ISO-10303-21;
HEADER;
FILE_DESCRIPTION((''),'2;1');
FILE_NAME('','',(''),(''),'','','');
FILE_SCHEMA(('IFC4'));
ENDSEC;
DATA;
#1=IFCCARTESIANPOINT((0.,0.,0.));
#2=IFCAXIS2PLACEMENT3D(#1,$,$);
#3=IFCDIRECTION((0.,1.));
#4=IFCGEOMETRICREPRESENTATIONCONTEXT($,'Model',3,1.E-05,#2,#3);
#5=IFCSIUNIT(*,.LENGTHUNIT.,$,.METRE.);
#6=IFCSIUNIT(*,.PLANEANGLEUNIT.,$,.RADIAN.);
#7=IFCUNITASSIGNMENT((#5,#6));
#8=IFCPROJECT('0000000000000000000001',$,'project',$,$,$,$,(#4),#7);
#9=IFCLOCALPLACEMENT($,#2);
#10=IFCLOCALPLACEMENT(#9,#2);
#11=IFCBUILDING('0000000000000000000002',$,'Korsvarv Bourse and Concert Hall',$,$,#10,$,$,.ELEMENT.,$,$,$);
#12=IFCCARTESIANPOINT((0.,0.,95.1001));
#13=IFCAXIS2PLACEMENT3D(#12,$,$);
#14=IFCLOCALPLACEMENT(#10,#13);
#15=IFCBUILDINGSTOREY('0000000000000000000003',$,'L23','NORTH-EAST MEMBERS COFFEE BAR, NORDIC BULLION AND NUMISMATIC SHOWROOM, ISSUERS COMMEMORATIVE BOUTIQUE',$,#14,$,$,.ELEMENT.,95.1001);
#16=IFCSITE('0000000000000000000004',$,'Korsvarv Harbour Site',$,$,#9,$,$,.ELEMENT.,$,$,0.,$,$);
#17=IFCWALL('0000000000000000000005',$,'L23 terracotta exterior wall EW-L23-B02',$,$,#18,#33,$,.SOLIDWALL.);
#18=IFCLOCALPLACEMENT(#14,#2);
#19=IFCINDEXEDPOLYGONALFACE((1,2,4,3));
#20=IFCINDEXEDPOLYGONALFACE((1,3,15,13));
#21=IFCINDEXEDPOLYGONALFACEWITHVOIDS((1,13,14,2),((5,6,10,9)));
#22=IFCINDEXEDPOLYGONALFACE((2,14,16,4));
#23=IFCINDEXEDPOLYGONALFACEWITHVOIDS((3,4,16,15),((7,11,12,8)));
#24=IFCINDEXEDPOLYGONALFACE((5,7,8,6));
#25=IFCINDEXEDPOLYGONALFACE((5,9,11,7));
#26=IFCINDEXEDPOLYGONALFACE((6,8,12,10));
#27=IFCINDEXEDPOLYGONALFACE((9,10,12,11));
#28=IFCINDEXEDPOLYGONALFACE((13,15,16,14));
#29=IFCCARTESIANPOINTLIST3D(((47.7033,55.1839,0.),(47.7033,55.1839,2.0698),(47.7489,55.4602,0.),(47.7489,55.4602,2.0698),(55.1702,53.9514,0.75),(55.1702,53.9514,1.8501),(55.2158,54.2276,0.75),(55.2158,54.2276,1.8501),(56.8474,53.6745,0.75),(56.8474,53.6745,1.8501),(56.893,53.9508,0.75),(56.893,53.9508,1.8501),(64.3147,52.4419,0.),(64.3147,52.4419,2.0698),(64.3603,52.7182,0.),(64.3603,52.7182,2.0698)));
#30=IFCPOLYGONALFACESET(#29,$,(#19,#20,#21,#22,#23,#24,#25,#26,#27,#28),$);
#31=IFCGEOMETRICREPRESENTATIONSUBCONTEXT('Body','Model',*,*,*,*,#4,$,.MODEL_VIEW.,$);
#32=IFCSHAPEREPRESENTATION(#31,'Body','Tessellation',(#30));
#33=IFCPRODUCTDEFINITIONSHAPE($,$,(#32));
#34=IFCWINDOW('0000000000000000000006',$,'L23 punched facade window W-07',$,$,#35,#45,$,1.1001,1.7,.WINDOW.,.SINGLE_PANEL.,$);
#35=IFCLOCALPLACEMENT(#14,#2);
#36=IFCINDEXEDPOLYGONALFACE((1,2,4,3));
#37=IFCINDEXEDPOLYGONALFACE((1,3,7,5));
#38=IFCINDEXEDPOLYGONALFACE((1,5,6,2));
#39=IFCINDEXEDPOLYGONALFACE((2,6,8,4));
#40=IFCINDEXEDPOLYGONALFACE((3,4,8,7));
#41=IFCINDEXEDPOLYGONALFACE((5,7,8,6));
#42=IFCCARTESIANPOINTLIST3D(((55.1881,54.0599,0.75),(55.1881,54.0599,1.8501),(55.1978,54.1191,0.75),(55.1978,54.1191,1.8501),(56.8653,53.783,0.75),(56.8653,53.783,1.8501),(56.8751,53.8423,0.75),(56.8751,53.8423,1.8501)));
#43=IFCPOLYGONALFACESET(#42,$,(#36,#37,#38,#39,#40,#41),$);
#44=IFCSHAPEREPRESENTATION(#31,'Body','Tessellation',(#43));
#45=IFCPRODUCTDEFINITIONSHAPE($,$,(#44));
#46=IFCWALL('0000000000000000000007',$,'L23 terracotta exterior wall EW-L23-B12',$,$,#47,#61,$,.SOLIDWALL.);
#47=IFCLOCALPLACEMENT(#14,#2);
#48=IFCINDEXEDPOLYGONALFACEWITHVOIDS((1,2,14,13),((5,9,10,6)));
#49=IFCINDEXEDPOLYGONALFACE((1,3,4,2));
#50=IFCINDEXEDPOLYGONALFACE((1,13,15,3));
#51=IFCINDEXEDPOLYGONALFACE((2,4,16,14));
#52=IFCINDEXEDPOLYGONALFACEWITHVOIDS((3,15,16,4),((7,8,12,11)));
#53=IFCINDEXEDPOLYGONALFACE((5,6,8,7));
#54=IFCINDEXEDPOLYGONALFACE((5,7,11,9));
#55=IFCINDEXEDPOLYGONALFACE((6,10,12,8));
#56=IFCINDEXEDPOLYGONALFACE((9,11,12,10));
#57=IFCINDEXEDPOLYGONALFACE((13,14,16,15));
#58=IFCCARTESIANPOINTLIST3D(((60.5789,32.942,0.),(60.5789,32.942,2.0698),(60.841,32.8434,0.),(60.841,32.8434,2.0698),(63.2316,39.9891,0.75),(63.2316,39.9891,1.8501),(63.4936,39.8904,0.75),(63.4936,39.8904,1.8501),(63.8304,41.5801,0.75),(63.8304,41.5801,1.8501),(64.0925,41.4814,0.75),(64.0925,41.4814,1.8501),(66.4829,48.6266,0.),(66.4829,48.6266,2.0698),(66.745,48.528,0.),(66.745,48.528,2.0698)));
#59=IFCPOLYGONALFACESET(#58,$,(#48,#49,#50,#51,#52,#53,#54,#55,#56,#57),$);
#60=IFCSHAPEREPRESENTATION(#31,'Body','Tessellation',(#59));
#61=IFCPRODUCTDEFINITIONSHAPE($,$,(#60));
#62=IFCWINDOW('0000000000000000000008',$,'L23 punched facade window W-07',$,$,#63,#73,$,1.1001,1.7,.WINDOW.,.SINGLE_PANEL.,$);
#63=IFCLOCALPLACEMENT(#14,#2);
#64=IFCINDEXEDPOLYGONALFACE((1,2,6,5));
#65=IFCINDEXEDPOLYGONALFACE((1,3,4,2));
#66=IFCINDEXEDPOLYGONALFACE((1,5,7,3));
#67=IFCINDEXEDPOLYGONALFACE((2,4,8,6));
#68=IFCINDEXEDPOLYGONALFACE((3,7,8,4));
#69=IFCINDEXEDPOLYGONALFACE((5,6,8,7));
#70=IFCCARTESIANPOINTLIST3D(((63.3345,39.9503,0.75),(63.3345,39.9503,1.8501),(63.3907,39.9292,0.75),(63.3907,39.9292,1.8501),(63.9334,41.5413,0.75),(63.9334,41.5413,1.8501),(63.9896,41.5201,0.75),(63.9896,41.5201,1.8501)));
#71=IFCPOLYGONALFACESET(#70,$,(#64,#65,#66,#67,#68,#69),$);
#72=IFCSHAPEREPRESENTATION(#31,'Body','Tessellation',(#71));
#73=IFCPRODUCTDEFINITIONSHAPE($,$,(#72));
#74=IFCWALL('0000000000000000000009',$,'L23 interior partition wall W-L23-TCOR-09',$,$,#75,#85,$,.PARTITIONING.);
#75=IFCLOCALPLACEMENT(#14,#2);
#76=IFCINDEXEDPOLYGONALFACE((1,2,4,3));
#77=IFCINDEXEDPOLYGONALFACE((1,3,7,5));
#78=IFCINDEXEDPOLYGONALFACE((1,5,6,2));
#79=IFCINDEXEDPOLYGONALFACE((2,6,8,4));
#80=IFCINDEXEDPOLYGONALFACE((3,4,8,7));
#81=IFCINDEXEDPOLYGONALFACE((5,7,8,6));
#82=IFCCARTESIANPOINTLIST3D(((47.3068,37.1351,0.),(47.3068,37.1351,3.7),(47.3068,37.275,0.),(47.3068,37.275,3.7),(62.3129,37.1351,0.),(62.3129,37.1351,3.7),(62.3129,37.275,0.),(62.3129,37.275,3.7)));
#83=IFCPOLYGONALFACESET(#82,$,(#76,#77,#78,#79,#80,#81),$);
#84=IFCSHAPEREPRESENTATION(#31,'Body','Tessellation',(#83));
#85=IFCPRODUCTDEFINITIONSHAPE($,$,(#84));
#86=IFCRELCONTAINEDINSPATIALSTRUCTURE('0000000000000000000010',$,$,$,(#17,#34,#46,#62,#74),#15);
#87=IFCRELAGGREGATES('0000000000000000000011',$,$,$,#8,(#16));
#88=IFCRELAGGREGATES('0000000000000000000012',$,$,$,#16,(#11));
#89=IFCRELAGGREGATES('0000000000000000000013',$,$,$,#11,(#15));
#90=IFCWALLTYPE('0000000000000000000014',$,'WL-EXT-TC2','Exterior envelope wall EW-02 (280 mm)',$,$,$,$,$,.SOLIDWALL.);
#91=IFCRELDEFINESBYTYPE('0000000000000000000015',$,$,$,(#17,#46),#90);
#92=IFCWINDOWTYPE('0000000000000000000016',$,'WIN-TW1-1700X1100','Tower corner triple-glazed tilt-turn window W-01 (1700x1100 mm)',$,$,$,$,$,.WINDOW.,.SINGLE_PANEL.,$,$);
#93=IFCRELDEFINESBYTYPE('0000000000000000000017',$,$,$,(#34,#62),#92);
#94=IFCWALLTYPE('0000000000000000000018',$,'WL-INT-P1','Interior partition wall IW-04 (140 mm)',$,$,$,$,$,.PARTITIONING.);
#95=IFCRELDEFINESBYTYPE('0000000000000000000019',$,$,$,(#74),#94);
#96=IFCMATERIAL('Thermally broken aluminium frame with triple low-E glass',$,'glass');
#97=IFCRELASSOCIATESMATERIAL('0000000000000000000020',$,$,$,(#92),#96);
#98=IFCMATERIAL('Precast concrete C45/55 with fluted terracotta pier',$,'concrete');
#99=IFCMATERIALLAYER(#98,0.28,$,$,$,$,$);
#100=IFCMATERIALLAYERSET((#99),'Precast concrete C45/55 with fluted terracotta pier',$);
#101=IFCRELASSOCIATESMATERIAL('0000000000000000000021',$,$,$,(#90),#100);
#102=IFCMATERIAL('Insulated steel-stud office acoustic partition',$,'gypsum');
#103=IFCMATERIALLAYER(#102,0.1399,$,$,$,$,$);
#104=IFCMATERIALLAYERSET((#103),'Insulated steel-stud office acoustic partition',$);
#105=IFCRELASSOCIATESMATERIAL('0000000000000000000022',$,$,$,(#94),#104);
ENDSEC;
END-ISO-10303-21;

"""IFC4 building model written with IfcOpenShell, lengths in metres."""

from ifc_helpers import new_model, si_unit, direction, frame, frame_2d, origin, place, context, subcontext, project, spatial, rectangle, extrude, material, layer, layer_set, type_object, element, fill, save


model = new_model("IFC4")

# Units and contexts
model_context = context("Model", 3, precision=1e-05, world=origin(), true_north=direction((0.0, 1.0)))
body_context = subcontext(model_context, "Body", "Model", "MODEL_VIEW")
ifc_project = project(units=[si_unit("LENGTHUNIT", "METRE"), si_unit("PLANEANGLEUNIT", "RADIAN")], contexts=[model_context])

# Site, building, storey
site_placement = place(None, origin())
site = spatial("IfcSite", under=ifc_project, at=site_placement, Name="Korsvarv Harbour Site", CompositionType="ELEMENT", RefElevation=0.0)
building_placement = place(site_placement, origin())
building = spatial("IfcBuilding", under=site, at=building_placement, Name="Korsvarv Bourse and Concert Hall", CompositionType="ELEMENT")
storey_placement = place(building_placement, frame((0.0, 0.0, 95.1001)))
storey = spatial("IfcBuildingStorey", under=building, at=storey_placement, Name="L23", Description="NORTH-EAST MEMBERS COFFEE BAR, NORDIC BULLION AND NUMISMATIC SHOWROOM, ISSUERS COMMEMORATIVE BOUTIQUE", CompositionType="ELEMENT", Elevation=95.1001)

# Walls, openings, windows
ifc_material_1 = material(Name="Thermally broken aluminium frame with triple low-E glass", Category="glass")
window_type = type_object("IfcWindowType", Name="WIN-TW1-1700X1100", Description="Tower corner triple-glazed tilt-turn window W-01 (1700x1100 mm)", PartitioningType="SINGLE_PANEL", PredefinedType="WINDOW", material=ifc_material_1)
ifc_material_2 = material(Name="Precast concrete C45/55 with fluted terracotta pier", Category="concrete")
ifc_layer_1 = layer(ifc_material_2, 0.28)
ifc_layer_set_1 = layer_set([ifc_layer_1], Name="Precast concrete C45/55 with fluted terracotta pier")
wall_type_1 = type_object("IfcWallType", Name="WL-EXT-TC2", Description="Exterior envelope wall EW-02 (280 mm)", PredefinedType="SOLIDWALL", material=ifc_layer_set_1)
wall_1_placement = place(storey_placement, frame((64.3374, 52.5801, 0.0), z_axis=(0.0, 0.0, 1.0), x_axis=(-0.986649, 0.162861, 0.0)))
wall_1 = element("IfcWall", 1, at=wall_1_placement, inside=storey, type_object=wall_type_1, Name="L23 terracotta exterior wall EW-L23-B02", PredefinedType="SOLIDWALL", context=body_context, shape_type="SweptSolid", body=[
    extrude(rectangle(XDim=16.8362, YDim=0.28, at=frame_2d((8.418, 0.0))), origin(), (0.0, 0.0, 1.0), 2.0698),
])
opening_1_placement = place(wall_1_placement, frame((7.5681, 0.0, 0.75)))
opening_1 = element("IfcOpeningElement", 2, at=opening_1_placement, cuts=wall_1, PredefinedType="OPENING", context=body_context, shape_type="SweptSolid", body=[
    extrude(rectangle(XDim=1.7, YDim=1.1001, at=frame_2d((0.8501, 0.55))), frame((0.0, 0.1499, 0.0), z_axis=(0.0, -1.0, 0.0), x_axis=(1.0, 0.0, 0.0)), (0.0, 0.0, 1.0), 0.3),
])
window_1_placement = place(opening_1_placement, origin())
window_1 = element("IfcWindow", 3, at=window_1_placement, inside=storey, type_object=window_type, Name="L23 punched facade window W-07", OverallHeight=1.1001, OverallWidth=1.7, PartitioningType="SINGLE_PANEL", PredefinedType="WINDOW", context=body_context, shape_type="SweptSolid", body=[
    extrude(rectangle(XDim=1.7, YDim=1.1001, at=frame_2d((0.8501, 0.55))), frame((0.0, 0.03, 0.0), z_axis=(0.0, -1.0, 0.0), x_axis=(1.0, 0.0, 0.0)), (0.0, 0.0, 1.0), 0.0601),
])
fill(opening_1, window_1)
wall_2_placement = place(storey_placement, frame((60.71, 32.8928, 0.0), z_axis=(0.0, 0.0, 1.0), x_axis=(0.352292, 0.93589, 0.0)))
wall_2 = element("IfcWall", 4, at=wall_2_placement, inside=storey, type_object=wall_type_1, Name="L23 terracotta exterior wall EW-L23-B12", PredefinedType="SOLIDWALL", context=body_context, shape_type="SweptSolid", body=[
    extrude(rectangle(XDim=16.759, YDim=0.28, at=frame_2d((8.3794, 0.0))), origin(), (0.0, 0.0, 1.0), 2.0698),
])
opening_2_placement = place(wall_2_placement, frame((7.5295, 0.0, 0.75)))
opening_2 = element("IfcOpeningElement", 5, at=opening_2_placement, cuts=wall_2, PredefinedType="OPENING", context=body_context, shape_type="SweptSolid", body=[
    extrude(rectangle(XDim=1.7, YDim=1.1001, at=frame_2d((0.8501, 0.55))), frame((0.0, 0.1499, 0.0), z_axis=(0.0, -1.0, 0.0), x_axis=(1.0, 0.0, 0.0)), (0.0, 0.0, 1.0), 0.3),
])
window_2_placement = place(opening_2_placement, origin())
window_2 = element("IfcWindow", 6, at=window_2_placement, inside=storey, type_object=window_type, Name="L23 punched facade window W-07", OverallHeight=1.1001, OverallWidth=1.7, PartitioningType="SINGLE_PANEL", PredefinedType="WINDOW", context=body_context, shape_type="SweptSolid", body=[
    extrude(rectangle(XDim=1.7, YDim=1.1001, at=frame_2d((0.8501, 0.55))), frame((0.0, 0.03, 0.0), z_axis=(0.0, -1.0, 0.0), x_axis=(1.0, 0.0, 0.0)), (0.0, 0.0, 1.0), 0.0601),
])
fill(opening_2, window_2)

# Wall
ifc_material_3 = material(Name="Insulated steel-stud office acoustic partition", Category="gypsum")
ifc_layer_2 = layer(ifc_material_3, 0.1399)
ifc_layer_set_2 = layer_set([ifc_layer_2], Name="Insulated steel-stud office acoustic partition")
wall_type_2 = type_object("IfcWallType", Name="WL-INT-P1", Description="Interior partition wall IW-04 (140 mm)", PredefinedType="PARTITIONING", material=ifc_layer_set_2)
wall_3_placement = place(storey_placement, frame((47.3069, 37.2051, 0.0), z_axis=(0.0, 0.0, 1.0), x_axis=(1.0, 0.0, 0.0)))
element("IfcWall", 7, at=wall_3_placement, inside=storey, type_object=wall_type_2, Name="L23 interior partition wall W-L23-TCOR-09", PredefinedType="PARTITIONING", context=body_context, shape_type="SweptSolid", body=[
    extrude(rectangle(XDim=15.0061, YDim=0.1399, at=frame_2d((7.5029, 0.0))), origin(), (0.0, 0.0, 1.0), 3.7),
])

save(model, "model.ifc")
